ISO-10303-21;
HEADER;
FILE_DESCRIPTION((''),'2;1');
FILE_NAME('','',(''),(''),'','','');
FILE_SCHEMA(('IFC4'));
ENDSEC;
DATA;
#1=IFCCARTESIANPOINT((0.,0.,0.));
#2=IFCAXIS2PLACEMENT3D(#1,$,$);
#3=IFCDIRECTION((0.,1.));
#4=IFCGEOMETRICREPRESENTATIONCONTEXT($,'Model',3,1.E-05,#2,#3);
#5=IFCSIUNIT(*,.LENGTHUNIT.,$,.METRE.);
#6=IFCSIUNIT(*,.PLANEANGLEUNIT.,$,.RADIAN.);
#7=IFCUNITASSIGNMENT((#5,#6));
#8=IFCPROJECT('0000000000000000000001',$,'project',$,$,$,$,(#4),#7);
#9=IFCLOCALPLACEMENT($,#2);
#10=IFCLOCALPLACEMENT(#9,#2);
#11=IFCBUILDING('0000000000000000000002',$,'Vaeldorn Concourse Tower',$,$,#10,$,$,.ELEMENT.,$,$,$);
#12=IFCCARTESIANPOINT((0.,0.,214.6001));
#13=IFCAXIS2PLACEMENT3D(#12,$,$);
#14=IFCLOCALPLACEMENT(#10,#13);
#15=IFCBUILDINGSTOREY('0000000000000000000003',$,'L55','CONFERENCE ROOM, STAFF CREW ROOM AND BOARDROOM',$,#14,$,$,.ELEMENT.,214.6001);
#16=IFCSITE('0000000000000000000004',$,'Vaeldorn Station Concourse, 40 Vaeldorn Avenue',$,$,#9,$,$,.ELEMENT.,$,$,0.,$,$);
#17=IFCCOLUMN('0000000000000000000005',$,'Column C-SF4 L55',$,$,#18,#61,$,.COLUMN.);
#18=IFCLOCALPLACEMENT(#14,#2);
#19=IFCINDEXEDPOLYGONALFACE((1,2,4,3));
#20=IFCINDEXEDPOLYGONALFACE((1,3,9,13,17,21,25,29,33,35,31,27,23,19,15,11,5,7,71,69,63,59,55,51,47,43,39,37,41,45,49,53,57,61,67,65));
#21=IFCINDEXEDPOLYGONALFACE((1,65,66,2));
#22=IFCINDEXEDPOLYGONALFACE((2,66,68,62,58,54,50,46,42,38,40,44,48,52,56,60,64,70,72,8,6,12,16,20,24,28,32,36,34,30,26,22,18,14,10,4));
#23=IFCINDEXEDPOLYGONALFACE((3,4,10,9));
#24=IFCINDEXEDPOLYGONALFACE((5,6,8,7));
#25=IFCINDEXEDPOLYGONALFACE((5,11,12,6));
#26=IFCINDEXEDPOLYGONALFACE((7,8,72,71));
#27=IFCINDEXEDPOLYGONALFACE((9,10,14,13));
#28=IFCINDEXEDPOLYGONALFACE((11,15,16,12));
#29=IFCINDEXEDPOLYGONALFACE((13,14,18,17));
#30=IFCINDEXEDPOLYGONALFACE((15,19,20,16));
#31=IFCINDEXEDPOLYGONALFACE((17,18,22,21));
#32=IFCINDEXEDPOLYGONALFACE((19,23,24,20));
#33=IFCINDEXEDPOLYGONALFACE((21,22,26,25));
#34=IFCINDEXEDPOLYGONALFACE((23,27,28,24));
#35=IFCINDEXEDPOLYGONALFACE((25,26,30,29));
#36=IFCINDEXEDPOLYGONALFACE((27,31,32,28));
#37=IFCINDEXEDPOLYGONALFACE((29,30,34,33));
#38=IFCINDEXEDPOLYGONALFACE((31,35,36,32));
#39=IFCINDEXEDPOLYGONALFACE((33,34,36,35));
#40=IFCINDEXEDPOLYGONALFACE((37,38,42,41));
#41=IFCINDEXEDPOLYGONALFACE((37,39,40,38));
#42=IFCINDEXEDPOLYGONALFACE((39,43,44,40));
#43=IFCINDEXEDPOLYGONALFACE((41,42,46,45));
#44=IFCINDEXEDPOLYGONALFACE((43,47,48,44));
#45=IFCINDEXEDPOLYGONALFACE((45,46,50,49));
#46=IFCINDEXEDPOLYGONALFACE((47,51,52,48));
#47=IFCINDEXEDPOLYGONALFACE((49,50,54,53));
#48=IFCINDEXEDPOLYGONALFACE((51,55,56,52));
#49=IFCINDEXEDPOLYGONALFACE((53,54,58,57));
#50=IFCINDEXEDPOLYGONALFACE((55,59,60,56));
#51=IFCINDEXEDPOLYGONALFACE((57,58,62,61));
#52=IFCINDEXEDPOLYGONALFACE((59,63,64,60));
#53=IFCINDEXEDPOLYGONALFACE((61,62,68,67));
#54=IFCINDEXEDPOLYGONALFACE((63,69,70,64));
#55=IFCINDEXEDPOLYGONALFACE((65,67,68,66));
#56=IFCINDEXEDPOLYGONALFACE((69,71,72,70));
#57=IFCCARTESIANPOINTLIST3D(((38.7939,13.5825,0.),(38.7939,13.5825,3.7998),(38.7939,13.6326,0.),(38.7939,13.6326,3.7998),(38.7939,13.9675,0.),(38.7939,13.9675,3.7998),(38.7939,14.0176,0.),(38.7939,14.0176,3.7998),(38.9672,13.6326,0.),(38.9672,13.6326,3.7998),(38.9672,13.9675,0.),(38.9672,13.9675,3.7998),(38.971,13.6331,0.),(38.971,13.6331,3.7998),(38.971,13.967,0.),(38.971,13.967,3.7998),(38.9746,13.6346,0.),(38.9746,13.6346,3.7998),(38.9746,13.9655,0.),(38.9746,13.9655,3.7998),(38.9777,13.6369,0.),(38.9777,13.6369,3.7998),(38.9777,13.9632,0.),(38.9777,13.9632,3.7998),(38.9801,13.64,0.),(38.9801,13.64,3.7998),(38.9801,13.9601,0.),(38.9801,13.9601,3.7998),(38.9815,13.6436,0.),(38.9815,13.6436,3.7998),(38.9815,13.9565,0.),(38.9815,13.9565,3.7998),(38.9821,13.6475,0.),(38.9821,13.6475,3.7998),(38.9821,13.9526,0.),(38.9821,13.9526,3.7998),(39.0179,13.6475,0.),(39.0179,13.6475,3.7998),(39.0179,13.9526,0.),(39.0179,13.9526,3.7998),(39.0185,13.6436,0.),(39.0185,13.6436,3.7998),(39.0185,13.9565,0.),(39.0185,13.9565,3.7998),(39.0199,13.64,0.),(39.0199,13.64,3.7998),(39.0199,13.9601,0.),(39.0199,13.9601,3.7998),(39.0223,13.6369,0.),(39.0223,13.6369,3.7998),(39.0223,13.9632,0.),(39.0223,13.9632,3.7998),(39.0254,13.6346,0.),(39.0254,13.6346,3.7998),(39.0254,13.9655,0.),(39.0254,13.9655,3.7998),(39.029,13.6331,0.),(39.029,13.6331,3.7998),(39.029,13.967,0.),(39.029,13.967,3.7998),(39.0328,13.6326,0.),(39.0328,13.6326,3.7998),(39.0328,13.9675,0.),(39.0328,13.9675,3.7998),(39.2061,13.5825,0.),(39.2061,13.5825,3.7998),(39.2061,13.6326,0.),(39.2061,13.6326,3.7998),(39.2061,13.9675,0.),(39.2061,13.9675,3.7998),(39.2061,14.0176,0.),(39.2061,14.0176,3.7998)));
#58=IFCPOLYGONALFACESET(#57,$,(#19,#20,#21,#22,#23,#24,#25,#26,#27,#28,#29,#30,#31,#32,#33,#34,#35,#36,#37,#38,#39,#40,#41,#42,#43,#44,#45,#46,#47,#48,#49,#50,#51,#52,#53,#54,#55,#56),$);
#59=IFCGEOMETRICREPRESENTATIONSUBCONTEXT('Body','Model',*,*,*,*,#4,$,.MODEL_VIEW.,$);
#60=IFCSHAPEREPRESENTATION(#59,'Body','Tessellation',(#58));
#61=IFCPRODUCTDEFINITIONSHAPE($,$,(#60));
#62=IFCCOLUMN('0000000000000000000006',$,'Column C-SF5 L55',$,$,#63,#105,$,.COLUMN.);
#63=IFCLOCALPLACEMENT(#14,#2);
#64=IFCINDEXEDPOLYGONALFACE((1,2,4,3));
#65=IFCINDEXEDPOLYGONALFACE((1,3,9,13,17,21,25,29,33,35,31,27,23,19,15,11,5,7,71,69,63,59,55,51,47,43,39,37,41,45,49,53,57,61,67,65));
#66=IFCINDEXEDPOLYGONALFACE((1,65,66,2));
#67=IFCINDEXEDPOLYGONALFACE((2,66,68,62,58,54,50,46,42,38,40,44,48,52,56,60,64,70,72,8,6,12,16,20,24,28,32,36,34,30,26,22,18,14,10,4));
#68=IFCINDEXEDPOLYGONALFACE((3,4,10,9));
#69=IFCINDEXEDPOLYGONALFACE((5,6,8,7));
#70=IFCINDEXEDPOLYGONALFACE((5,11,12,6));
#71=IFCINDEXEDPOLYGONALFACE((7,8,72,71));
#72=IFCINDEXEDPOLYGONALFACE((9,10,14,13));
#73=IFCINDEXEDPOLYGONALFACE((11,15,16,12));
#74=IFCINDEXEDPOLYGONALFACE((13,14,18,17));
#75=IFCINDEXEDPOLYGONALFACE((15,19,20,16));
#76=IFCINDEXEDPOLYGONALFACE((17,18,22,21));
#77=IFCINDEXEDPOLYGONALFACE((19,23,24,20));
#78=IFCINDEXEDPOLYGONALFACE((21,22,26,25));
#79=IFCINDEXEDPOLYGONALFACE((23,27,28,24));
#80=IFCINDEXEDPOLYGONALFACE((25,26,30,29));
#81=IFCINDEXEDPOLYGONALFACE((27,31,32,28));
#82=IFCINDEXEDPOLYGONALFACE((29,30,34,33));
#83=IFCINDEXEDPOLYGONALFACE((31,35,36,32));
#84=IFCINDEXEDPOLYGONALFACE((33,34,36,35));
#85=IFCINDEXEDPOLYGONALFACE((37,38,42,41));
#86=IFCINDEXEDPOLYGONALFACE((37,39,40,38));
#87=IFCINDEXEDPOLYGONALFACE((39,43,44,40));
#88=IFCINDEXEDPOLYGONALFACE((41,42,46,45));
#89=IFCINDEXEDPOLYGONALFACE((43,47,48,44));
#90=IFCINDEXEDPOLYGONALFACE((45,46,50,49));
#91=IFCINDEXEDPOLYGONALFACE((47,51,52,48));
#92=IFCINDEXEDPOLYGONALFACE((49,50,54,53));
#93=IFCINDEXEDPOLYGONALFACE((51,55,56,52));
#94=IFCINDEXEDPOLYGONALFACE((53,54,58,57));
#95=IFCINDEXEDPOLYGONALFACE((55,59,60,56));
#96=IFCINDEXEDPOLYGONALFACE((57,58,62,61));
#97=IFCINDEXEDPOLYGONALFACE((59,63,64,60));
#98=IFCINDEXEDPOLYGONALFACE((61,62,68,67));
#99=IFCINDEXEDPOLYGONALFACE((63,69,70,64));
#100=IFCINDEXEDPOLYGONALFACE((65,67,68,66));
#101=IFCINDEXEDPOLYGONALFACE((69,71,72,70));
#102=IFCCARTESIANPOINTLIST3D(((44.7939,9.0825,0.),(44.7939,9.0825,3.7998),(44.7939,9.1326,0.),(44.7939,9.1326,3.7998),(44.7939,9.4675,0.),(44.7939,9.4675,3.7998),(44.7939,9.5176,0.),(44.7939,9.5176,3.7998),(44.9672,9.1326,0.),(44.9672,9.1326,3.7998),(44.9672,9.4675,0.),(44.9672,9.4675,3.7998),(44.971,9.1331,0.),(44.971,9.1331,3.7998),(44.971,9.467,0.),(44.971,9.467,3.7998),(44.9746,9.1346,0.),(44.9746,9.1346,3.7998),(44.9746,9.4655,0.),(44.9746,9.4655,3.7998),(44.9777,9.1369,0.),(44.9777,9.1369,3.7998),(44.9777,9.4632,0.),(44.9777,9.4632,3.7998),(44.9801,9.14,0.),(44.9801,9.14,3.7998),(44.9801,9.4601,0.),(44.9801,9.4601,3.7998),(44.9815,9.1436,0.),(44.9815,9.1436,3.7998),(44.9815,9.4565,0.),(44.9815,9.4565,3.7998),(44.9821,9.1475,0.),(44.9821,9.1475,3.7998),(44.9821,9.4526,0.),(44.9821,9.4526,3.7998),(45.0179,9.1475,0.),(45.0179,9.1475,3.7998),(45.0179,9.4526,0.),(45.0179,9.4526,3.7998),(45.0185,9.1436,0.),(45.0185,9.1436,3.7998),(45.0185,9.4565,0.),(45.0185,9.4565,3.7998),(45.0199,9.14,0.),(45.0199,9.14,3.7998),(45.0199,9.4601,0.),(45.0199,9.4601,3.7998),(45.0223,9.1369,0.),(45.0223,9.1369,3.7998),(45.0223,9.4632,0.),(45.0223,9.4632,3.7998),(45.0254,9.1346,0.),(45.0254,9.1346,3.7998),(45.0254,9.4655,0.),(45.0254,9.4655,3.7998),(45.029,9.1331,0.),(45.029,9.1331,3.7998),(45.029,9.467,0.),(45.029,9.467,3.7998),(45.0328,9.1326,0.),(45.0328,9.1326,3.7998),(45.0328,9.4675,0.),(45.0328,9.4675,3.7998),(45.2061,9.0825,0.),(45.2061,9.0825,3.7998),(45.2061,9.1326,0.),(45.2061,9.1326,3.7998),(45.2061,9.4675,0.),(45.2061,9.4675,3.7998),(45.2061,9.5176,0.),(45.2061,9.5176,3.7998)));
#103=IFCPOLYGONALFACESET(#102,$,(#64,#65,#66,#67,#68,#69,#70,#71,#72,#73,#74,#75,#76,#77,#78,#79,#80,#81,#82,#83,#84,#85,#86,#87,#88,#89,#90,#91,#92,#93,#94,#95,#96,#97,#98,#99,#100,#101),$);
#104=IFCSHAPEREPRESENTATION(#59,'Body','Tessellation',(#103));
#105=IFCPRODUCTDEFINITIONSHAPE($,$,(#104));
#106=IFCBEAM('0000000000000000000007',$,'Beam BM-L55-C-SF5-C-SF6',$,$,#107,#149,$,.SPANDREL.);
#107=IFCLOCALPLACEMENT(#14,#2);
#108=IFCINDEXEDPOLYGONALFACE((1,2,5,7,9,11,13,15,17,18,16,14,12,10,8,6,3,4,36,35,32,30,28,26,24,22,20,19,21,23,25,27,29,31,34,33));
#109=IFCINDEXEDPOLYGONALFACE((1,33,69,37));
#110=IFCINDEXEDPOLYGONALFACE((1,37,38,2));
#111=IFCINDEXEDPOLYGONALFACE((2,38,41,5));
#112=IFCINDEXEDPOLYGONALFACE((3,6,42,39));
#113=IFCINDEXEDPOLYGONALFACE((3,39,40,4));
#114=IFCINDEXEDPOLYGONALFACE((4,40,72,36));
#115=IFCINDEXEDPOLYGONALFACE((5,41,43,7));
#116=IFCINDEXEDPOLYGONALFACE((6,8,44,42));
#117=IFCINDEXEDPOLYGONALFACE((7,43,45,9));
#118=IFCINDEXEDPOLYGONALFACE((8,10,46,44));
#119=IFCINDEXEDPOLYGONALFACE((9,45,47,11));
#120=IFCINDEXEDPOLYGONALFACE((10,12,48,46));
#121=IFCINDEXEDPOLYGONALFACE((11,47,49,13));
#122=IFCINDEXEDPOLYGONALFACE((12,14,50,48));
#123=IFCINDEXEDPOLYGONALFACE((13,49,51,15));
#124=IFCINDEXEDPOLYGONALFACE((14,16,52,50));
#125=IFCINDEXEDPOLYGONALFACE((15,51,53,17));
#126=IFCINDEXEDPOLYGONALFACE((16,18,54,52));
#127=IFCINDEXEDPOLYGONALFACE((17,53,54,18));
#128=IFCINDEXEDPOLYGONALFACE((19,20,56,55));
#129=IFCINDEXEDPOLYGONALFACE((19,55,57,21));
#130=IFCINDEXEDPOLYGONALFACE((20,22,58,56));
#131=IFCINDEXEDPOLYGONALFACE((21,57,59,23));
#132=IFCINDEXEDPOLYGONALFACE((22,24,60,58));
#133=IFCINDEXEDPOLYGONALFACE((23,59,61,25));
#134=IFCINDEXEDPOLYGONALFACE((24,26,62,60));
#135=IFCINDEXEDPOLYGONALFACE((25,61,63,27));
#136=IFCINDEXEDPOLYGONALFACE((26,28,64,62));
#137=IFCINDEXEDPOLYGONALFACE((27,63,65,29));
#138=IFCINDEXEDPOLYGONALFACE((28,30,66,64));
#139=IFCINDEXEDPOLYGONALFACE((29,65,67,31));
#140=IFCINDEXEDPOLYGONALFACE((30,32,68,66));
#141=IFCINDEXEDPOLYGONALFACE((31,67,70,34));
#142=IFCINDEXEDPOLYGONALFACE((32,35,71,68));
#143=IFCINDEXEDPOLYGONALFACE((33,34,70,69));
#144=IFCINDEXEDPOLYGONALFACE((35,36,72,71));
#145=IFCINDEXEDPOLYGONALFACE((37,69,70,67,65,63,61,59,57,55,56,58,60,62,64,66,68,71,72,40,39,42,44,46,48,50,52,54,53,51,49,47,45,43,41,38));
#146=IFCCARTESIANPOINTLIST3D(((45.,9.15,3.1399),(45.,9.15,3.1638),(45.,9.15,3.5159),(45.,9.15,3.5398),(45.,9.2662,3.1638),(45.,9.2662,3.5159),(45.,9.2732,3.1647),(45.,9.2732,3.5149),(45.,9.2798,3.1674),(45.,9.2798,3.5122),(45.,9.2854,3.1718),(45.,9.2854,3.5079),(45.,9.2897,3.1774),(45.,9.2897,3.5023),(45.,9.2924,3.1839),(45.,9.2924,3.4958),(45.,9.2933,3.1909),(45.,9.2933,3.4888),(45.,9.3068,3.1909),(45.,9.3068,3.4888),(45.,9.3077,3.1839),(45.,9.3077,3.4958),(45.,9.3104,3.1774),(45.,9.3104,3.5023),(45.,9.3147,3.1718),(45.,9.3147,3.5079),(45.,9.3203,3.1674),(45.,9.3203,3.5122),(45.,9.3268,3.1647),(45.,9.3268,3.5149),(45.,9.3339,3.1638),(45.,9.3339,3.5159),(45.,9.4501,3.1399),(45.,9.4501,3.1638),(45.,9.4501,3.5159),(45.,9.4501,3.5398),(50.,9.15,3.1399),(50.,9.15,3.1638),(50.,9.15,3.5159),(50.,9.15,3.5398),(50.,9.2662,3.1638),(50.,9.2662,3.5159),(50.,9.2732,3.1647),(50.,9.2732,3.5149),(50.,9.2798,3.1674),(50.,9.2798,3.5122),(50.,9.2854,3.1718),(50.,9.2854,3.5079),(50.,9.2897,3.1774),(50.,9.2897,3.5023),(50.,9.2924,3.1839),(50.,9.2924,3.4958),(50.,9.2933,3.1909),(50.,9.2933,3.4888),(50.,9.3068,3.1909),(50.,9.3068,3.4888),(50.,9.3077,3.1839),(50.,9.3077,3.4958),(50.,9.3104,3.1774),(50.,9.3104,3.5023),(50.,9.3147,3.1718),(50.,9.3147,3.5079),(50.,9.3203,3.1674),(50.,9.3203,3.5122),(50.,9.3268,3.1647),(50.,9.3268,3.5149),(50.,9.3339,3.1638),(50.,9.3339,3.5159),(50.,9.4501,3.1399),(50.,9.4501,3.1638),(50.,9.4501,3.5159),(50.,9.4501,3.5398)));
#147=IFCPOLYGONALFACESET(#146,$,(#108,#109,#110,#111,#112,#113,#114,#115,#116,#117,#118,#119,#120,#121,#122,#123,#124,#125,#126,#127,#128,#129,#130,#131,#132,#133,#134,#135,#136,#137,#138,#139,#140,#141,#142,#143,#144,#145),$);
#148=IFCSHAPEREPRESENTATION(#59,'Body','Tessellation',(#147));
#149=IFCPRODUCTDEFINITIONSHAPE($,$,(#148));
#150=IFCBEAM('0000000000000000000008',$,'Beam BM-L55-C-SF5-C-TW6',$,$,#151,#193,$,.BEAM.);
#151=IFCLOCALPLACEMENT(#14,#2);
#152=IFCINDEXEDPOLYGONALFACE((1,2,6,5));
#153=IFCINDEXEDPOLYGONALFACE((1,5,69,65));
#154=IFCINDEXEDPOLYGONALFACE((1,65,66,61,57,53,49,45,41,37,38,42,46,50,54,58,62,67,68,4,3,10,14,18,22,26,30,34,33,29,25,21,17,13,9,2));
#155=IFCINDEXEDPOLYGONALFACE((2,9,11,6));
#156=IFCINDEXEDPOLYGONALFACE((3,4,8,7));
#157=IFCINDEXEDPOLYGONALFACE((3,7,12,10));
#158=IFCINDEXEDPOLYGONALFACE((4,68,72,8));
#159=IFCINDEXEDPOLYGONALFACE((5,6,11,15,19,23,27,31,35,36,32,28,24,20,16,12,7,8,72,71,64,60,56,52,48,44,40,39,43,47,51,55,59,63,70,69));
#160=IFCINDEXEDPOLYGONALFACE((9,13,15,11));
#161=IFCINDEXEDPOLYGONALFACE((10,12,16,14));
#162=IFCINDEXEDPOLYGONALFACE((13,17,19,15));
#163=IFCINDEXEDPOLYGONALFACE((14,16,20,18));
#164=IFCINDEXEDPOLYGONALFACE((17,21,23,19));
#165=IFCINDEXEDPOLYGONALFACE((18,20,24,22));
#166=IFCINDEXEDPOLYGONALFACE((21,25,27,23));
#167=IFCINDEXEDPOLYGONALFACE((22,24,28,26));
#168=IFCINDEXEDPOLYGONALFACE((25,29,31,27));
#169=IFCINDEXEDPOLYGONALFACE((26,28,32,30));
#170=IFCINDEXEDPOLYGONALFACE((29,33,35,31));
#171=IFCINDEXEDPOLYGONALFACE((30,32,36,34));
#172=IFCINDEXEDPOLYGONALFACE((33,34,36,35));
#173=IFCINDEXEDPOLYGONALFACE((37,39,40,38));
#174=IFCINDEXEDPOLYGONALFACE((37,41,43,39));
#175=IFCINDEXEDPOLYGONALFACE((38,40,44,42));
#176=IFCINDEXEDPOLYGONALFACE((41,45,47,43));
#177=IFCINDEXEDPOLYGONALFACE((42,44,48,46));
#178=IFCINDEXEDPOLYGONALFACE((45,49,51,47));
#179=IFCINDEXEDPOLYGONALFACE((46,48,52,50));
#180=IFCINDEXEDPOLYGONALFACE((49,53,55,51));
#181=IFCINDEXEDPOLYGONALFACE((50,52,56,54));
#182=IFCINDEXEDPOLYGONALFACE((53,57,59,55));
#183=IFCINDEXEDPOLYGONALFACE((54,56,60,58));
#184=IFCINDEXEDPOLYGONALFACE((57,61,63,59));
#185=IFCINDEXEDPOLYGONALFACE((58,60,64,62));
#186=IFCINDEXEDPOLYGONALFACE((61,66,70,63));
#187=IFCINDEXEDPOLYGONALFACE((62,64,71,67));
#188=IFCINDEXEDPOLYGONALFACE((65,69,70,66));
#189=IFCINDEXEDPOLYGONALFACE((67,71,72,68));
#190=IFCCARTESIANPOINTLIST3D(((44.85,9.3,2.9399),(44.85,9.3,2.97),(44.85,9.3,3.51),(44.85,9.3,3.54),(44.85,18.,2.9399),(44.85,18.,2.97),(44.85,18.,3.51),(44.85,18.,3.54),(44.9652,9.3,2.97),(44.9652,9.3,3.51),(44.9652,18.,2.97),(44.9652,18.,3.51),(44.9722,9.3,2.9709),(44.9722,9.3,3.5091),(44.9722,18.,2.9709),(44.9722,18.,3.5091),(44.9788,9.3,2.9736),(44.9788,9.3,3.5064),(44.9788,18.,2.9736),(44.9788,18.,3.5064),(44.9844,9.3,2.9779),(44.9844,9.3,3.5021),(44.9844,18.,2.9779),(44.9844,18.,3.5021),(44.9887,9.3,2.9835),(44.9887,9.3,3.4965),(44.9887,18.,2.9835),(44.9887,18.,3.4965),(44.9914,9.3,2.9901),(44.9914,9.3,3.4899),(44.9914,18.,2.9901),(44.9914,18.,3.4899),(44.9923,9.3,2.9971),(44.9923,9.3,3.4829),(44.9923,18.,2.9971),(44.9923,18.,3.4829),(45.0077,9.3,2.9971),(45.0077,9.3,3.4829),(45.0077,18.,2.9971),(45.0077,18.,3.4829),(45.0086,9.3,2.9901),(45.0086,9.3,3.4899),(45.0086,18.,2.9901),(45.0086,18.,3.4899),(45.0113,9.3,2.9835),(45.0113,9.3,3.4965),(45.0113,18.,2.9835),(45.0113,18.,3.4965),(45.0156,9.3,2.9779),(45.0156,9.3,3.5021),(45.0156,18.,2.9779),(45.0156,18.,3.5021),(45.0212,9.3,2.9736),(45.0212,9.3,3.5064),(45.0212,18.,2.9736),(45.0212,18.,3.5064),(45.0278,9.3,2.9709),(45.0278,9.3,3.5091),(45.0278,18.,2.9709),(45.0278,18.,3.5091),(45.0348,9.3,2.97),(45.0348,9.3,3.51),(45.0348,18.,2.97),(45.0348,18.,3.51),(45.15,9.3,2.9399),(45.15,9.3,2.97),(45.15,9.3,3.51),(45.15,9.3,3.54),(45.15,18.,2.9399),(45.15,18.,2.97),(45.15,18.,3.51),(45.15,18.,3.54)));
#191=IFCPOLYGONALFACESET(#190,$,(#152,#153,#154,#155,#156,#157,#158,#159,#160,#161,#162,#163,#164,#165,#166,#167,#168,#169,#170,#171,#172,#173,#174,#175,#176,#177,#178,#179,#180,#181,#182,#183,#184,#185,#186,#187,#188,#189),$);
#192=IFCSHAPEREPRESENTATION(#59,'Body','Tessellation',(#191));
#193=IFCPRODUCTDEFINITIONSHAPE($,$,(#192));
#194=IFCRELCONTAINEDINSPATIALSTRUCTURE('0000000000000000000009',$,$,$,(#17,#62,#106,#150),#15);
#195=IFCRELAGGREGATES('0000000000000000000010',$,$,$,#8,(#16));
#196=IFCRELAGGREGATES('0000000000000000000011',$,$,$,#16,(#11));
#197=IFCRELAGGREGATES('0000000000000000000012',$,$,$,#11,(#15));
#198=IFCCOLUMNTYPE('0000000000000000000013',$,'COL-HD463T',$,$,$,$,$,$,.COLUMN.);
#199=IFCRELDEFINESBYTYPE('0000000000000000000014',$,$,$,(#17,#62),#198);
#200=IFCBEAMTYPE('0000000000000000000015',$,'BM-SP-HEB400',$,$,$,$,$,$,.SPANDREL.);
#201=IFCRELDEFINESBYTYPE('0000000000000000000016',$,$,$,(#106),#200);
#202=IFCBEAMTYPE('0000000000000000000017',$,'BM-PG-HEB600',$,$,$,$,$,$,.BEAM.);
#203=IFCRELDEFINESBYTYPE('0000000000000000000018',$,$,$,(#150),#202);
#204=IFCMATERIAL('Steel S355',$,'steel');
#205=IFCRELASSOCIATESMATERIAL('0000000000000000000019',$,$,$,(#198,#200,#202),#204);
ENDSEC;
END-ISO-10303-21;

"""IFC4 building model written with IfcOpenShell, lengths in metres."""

from ifc_helpers import new_model, si_unit, direction, frame, origin, origin_2d, place, context, subcontext, project, spatial, i_section, extrude, source, transform, mapped, material, material_profile, profile_set, type_object, element, save


model = new_model("IFC4")

# Units and contexts
model_context = context("Model", 3, precision=1e-05, world=origin(), true_north=direction((0.0, 1.0)))
body_context = subcontext(model_context, "Body", "Model", "MODEL_VIEW")
ifc_project = project(units=[si_unit("LENGTHUNIT", "METRE"), si_unit("PLANEANGLEUNIT", "RADIAN")], contexts=[model_context])

# Site, building, storey
site_placement = place(None, origin())
site = spatial("IfcSite", under=ifc_project, at=site_placement, Name="Vaeldorn Station Concourse, 40 Vaeldorn Avenue", CompositionType="ELEMENT", RefElevation=0.0)
building_placement = place(site_placement, origin())
building = spatial("IfcBuilding", under=site, at=building_placement, Name="Vaeldorn Concourse Tower", CompositionType="ELEMENT")
storey_placement = place(building_placement, frame((0.0, 0.0, 214.6001)))
storey = spatial("IfcBuildingStorey", under=building, at=storey_placement, Name="L55", Description="CONFERENCE ROOM, STAFF CREW ROOM AND BOARDROOM", CompositionType="ELEMENT", Elevation=214.6001)

# Columns
ifc_material_1 = material(Name="Steel S355", Category="steel")
ifc_material_profile_1 = material_profile(ifc_material_1, i_section(OverallWidth=0.4121, OverallDepth=0.4351, WebThickness=0.0359, FlangeThickness=0.05, FilletRadius=0.0149, at=origin_2d()), Name="HD 400x463")
ifc_profile_set_1 = profile_set([ifc_material_profile_1], Name="Steel S355")
column_type = type_object("IfcColumnType", Name="COL-HD463T", PredefinedType="COLUMN", material=ifc_profile_set_1)
shared_shape_1 = source(origin(), body_context, "Body", "SweptSolid", [
    extrude(i_section(OverallWidth=0.4121, OverallDepth=0.4351, WebThickness=0.0359, FlangeThickness=0.05, FilletRadius=0.0149, at=origin_2d()), origin(), (0.0, 0.0, 1.0), 3.7998),
])
for number, where, z_axis, x_axis, name in (
    (1, (39.0, 13.8, 0.0), (0.0, 0.0, 1.0), (1.0, 0.0, 0.0), "Column C-SF4 L55"),
    (2, (45.0, 9.3, 0.0), (0.0, 0.0, 1.0), (1.0, 0.0, 0.0), "Column C-SF5 L55"),
):
    element("IfcColumn", number, at=place(storey_placement, frame(where, z_axis=z_axis, x_axis=x_axis)), inside=storey, type_object=column_type, Name=name, PredefinedType="COLUMN", context=body_context, shape_type="MappedRepresentation", body=[
        mapped(shared_shape_1, transform((0.0, 0.0, 0.0), scale=1.0)),
    ])

# Beams
ifc_material_profile_2 = material_profile(ifc_material_1, i_section(OverallWidth=0.3, OverallDepth=0.3999, WebThickness=0.0134, FlangeThickness=0.0239, FilletRadius=0.0271, at=origin_2d()), Name="HEB 400")
ifc_profile_set_2 = profile_set([ifc_material_profile_2], Name="Steel S355")
beam_type_1 = type_object("IfcBeamType", Name="BM-SP-HEB400", PredefinedType="SPANDREL", material=ifc_profile_set_2)
shared_shape_2 = source(origin(), body_context, "Body", "SweptSolid", [
    extrude(i_section(OverallWidth=0.3, OverallDepth=0.3999, WebThickness=0.0134, FlangeThickness=0.0239, FilletRadius=0.0271, at=origin_2d()), origin(), (0.0, 0.0, 1.0), 5.0),
])
beam_1_placement = place(storey_placement, frame((45.0, 9.3, 3.3398), z_axis=(1.0, 0.0, 0.0), x_axis=(0.0, 1.0, 0.0)))
element("IfcBeam", 3, at=beam_1_placement, inside=storey, type_object=beam_type_1, Name="Beam BM-L55-C-SF5-C-SF6", PredefinedType="SPANDREL", context=body_context, shape_type="MappedRepresentation", body=[
    mapped(shared_shape_2, transform((0.0, 0.0, 0.0), scale=1.0)),
])
ifc_material_profile_3 = material_profile(ifc_material_1, i_section(OverallWidth=0.3, OverallDepth=0.6001, WebThickness=0.0154, FlangeThickness=0.03, FilletRadius=0.0271, at=origin_2d()), Name="HEB 600")
ifc_profile_set_3 = profile_set([ifc_material_profile_3], Name="Steel S355")
beam_type_2 = type_object("IfcBeamType", Name="BM-PG-HEB600", PredefinedType="BEAM", material=ifc_profile_set_3)
shared_shape_3 = source(origin(), body_context, "Body", "SweptSolid", [
    extrude(i_section(OverallWidth=0.3, OverallDepth=0.6001, WebThickness=0.0154, FlangeThickness=0.03, FilletRadius=0.0271, at=origin_2d()), origin(), (0.0, 0.0, 1.0), 8.7),
])
beam_2_placement = place(storey_placement, frame((45.0, 9.3, 3.24), z_axis=(0.0, 1.0, 0.0), x_axis=(-1.0, 0.0, 0.0)))
element("IfcBeam", 4, at=beam_2_placement, inside=storey, type_object=beam_type_2, Name="Beam BM-L55-C-SF5-C-TW6", PredefinedType="BEAM", context=body_context, shape_type="MappedRepresentation", body=[
    mapped(shared_shape_3, transform((0.0, 0.0, 0.0), scale=1.0)),
])

save(model, "model.ifc")
